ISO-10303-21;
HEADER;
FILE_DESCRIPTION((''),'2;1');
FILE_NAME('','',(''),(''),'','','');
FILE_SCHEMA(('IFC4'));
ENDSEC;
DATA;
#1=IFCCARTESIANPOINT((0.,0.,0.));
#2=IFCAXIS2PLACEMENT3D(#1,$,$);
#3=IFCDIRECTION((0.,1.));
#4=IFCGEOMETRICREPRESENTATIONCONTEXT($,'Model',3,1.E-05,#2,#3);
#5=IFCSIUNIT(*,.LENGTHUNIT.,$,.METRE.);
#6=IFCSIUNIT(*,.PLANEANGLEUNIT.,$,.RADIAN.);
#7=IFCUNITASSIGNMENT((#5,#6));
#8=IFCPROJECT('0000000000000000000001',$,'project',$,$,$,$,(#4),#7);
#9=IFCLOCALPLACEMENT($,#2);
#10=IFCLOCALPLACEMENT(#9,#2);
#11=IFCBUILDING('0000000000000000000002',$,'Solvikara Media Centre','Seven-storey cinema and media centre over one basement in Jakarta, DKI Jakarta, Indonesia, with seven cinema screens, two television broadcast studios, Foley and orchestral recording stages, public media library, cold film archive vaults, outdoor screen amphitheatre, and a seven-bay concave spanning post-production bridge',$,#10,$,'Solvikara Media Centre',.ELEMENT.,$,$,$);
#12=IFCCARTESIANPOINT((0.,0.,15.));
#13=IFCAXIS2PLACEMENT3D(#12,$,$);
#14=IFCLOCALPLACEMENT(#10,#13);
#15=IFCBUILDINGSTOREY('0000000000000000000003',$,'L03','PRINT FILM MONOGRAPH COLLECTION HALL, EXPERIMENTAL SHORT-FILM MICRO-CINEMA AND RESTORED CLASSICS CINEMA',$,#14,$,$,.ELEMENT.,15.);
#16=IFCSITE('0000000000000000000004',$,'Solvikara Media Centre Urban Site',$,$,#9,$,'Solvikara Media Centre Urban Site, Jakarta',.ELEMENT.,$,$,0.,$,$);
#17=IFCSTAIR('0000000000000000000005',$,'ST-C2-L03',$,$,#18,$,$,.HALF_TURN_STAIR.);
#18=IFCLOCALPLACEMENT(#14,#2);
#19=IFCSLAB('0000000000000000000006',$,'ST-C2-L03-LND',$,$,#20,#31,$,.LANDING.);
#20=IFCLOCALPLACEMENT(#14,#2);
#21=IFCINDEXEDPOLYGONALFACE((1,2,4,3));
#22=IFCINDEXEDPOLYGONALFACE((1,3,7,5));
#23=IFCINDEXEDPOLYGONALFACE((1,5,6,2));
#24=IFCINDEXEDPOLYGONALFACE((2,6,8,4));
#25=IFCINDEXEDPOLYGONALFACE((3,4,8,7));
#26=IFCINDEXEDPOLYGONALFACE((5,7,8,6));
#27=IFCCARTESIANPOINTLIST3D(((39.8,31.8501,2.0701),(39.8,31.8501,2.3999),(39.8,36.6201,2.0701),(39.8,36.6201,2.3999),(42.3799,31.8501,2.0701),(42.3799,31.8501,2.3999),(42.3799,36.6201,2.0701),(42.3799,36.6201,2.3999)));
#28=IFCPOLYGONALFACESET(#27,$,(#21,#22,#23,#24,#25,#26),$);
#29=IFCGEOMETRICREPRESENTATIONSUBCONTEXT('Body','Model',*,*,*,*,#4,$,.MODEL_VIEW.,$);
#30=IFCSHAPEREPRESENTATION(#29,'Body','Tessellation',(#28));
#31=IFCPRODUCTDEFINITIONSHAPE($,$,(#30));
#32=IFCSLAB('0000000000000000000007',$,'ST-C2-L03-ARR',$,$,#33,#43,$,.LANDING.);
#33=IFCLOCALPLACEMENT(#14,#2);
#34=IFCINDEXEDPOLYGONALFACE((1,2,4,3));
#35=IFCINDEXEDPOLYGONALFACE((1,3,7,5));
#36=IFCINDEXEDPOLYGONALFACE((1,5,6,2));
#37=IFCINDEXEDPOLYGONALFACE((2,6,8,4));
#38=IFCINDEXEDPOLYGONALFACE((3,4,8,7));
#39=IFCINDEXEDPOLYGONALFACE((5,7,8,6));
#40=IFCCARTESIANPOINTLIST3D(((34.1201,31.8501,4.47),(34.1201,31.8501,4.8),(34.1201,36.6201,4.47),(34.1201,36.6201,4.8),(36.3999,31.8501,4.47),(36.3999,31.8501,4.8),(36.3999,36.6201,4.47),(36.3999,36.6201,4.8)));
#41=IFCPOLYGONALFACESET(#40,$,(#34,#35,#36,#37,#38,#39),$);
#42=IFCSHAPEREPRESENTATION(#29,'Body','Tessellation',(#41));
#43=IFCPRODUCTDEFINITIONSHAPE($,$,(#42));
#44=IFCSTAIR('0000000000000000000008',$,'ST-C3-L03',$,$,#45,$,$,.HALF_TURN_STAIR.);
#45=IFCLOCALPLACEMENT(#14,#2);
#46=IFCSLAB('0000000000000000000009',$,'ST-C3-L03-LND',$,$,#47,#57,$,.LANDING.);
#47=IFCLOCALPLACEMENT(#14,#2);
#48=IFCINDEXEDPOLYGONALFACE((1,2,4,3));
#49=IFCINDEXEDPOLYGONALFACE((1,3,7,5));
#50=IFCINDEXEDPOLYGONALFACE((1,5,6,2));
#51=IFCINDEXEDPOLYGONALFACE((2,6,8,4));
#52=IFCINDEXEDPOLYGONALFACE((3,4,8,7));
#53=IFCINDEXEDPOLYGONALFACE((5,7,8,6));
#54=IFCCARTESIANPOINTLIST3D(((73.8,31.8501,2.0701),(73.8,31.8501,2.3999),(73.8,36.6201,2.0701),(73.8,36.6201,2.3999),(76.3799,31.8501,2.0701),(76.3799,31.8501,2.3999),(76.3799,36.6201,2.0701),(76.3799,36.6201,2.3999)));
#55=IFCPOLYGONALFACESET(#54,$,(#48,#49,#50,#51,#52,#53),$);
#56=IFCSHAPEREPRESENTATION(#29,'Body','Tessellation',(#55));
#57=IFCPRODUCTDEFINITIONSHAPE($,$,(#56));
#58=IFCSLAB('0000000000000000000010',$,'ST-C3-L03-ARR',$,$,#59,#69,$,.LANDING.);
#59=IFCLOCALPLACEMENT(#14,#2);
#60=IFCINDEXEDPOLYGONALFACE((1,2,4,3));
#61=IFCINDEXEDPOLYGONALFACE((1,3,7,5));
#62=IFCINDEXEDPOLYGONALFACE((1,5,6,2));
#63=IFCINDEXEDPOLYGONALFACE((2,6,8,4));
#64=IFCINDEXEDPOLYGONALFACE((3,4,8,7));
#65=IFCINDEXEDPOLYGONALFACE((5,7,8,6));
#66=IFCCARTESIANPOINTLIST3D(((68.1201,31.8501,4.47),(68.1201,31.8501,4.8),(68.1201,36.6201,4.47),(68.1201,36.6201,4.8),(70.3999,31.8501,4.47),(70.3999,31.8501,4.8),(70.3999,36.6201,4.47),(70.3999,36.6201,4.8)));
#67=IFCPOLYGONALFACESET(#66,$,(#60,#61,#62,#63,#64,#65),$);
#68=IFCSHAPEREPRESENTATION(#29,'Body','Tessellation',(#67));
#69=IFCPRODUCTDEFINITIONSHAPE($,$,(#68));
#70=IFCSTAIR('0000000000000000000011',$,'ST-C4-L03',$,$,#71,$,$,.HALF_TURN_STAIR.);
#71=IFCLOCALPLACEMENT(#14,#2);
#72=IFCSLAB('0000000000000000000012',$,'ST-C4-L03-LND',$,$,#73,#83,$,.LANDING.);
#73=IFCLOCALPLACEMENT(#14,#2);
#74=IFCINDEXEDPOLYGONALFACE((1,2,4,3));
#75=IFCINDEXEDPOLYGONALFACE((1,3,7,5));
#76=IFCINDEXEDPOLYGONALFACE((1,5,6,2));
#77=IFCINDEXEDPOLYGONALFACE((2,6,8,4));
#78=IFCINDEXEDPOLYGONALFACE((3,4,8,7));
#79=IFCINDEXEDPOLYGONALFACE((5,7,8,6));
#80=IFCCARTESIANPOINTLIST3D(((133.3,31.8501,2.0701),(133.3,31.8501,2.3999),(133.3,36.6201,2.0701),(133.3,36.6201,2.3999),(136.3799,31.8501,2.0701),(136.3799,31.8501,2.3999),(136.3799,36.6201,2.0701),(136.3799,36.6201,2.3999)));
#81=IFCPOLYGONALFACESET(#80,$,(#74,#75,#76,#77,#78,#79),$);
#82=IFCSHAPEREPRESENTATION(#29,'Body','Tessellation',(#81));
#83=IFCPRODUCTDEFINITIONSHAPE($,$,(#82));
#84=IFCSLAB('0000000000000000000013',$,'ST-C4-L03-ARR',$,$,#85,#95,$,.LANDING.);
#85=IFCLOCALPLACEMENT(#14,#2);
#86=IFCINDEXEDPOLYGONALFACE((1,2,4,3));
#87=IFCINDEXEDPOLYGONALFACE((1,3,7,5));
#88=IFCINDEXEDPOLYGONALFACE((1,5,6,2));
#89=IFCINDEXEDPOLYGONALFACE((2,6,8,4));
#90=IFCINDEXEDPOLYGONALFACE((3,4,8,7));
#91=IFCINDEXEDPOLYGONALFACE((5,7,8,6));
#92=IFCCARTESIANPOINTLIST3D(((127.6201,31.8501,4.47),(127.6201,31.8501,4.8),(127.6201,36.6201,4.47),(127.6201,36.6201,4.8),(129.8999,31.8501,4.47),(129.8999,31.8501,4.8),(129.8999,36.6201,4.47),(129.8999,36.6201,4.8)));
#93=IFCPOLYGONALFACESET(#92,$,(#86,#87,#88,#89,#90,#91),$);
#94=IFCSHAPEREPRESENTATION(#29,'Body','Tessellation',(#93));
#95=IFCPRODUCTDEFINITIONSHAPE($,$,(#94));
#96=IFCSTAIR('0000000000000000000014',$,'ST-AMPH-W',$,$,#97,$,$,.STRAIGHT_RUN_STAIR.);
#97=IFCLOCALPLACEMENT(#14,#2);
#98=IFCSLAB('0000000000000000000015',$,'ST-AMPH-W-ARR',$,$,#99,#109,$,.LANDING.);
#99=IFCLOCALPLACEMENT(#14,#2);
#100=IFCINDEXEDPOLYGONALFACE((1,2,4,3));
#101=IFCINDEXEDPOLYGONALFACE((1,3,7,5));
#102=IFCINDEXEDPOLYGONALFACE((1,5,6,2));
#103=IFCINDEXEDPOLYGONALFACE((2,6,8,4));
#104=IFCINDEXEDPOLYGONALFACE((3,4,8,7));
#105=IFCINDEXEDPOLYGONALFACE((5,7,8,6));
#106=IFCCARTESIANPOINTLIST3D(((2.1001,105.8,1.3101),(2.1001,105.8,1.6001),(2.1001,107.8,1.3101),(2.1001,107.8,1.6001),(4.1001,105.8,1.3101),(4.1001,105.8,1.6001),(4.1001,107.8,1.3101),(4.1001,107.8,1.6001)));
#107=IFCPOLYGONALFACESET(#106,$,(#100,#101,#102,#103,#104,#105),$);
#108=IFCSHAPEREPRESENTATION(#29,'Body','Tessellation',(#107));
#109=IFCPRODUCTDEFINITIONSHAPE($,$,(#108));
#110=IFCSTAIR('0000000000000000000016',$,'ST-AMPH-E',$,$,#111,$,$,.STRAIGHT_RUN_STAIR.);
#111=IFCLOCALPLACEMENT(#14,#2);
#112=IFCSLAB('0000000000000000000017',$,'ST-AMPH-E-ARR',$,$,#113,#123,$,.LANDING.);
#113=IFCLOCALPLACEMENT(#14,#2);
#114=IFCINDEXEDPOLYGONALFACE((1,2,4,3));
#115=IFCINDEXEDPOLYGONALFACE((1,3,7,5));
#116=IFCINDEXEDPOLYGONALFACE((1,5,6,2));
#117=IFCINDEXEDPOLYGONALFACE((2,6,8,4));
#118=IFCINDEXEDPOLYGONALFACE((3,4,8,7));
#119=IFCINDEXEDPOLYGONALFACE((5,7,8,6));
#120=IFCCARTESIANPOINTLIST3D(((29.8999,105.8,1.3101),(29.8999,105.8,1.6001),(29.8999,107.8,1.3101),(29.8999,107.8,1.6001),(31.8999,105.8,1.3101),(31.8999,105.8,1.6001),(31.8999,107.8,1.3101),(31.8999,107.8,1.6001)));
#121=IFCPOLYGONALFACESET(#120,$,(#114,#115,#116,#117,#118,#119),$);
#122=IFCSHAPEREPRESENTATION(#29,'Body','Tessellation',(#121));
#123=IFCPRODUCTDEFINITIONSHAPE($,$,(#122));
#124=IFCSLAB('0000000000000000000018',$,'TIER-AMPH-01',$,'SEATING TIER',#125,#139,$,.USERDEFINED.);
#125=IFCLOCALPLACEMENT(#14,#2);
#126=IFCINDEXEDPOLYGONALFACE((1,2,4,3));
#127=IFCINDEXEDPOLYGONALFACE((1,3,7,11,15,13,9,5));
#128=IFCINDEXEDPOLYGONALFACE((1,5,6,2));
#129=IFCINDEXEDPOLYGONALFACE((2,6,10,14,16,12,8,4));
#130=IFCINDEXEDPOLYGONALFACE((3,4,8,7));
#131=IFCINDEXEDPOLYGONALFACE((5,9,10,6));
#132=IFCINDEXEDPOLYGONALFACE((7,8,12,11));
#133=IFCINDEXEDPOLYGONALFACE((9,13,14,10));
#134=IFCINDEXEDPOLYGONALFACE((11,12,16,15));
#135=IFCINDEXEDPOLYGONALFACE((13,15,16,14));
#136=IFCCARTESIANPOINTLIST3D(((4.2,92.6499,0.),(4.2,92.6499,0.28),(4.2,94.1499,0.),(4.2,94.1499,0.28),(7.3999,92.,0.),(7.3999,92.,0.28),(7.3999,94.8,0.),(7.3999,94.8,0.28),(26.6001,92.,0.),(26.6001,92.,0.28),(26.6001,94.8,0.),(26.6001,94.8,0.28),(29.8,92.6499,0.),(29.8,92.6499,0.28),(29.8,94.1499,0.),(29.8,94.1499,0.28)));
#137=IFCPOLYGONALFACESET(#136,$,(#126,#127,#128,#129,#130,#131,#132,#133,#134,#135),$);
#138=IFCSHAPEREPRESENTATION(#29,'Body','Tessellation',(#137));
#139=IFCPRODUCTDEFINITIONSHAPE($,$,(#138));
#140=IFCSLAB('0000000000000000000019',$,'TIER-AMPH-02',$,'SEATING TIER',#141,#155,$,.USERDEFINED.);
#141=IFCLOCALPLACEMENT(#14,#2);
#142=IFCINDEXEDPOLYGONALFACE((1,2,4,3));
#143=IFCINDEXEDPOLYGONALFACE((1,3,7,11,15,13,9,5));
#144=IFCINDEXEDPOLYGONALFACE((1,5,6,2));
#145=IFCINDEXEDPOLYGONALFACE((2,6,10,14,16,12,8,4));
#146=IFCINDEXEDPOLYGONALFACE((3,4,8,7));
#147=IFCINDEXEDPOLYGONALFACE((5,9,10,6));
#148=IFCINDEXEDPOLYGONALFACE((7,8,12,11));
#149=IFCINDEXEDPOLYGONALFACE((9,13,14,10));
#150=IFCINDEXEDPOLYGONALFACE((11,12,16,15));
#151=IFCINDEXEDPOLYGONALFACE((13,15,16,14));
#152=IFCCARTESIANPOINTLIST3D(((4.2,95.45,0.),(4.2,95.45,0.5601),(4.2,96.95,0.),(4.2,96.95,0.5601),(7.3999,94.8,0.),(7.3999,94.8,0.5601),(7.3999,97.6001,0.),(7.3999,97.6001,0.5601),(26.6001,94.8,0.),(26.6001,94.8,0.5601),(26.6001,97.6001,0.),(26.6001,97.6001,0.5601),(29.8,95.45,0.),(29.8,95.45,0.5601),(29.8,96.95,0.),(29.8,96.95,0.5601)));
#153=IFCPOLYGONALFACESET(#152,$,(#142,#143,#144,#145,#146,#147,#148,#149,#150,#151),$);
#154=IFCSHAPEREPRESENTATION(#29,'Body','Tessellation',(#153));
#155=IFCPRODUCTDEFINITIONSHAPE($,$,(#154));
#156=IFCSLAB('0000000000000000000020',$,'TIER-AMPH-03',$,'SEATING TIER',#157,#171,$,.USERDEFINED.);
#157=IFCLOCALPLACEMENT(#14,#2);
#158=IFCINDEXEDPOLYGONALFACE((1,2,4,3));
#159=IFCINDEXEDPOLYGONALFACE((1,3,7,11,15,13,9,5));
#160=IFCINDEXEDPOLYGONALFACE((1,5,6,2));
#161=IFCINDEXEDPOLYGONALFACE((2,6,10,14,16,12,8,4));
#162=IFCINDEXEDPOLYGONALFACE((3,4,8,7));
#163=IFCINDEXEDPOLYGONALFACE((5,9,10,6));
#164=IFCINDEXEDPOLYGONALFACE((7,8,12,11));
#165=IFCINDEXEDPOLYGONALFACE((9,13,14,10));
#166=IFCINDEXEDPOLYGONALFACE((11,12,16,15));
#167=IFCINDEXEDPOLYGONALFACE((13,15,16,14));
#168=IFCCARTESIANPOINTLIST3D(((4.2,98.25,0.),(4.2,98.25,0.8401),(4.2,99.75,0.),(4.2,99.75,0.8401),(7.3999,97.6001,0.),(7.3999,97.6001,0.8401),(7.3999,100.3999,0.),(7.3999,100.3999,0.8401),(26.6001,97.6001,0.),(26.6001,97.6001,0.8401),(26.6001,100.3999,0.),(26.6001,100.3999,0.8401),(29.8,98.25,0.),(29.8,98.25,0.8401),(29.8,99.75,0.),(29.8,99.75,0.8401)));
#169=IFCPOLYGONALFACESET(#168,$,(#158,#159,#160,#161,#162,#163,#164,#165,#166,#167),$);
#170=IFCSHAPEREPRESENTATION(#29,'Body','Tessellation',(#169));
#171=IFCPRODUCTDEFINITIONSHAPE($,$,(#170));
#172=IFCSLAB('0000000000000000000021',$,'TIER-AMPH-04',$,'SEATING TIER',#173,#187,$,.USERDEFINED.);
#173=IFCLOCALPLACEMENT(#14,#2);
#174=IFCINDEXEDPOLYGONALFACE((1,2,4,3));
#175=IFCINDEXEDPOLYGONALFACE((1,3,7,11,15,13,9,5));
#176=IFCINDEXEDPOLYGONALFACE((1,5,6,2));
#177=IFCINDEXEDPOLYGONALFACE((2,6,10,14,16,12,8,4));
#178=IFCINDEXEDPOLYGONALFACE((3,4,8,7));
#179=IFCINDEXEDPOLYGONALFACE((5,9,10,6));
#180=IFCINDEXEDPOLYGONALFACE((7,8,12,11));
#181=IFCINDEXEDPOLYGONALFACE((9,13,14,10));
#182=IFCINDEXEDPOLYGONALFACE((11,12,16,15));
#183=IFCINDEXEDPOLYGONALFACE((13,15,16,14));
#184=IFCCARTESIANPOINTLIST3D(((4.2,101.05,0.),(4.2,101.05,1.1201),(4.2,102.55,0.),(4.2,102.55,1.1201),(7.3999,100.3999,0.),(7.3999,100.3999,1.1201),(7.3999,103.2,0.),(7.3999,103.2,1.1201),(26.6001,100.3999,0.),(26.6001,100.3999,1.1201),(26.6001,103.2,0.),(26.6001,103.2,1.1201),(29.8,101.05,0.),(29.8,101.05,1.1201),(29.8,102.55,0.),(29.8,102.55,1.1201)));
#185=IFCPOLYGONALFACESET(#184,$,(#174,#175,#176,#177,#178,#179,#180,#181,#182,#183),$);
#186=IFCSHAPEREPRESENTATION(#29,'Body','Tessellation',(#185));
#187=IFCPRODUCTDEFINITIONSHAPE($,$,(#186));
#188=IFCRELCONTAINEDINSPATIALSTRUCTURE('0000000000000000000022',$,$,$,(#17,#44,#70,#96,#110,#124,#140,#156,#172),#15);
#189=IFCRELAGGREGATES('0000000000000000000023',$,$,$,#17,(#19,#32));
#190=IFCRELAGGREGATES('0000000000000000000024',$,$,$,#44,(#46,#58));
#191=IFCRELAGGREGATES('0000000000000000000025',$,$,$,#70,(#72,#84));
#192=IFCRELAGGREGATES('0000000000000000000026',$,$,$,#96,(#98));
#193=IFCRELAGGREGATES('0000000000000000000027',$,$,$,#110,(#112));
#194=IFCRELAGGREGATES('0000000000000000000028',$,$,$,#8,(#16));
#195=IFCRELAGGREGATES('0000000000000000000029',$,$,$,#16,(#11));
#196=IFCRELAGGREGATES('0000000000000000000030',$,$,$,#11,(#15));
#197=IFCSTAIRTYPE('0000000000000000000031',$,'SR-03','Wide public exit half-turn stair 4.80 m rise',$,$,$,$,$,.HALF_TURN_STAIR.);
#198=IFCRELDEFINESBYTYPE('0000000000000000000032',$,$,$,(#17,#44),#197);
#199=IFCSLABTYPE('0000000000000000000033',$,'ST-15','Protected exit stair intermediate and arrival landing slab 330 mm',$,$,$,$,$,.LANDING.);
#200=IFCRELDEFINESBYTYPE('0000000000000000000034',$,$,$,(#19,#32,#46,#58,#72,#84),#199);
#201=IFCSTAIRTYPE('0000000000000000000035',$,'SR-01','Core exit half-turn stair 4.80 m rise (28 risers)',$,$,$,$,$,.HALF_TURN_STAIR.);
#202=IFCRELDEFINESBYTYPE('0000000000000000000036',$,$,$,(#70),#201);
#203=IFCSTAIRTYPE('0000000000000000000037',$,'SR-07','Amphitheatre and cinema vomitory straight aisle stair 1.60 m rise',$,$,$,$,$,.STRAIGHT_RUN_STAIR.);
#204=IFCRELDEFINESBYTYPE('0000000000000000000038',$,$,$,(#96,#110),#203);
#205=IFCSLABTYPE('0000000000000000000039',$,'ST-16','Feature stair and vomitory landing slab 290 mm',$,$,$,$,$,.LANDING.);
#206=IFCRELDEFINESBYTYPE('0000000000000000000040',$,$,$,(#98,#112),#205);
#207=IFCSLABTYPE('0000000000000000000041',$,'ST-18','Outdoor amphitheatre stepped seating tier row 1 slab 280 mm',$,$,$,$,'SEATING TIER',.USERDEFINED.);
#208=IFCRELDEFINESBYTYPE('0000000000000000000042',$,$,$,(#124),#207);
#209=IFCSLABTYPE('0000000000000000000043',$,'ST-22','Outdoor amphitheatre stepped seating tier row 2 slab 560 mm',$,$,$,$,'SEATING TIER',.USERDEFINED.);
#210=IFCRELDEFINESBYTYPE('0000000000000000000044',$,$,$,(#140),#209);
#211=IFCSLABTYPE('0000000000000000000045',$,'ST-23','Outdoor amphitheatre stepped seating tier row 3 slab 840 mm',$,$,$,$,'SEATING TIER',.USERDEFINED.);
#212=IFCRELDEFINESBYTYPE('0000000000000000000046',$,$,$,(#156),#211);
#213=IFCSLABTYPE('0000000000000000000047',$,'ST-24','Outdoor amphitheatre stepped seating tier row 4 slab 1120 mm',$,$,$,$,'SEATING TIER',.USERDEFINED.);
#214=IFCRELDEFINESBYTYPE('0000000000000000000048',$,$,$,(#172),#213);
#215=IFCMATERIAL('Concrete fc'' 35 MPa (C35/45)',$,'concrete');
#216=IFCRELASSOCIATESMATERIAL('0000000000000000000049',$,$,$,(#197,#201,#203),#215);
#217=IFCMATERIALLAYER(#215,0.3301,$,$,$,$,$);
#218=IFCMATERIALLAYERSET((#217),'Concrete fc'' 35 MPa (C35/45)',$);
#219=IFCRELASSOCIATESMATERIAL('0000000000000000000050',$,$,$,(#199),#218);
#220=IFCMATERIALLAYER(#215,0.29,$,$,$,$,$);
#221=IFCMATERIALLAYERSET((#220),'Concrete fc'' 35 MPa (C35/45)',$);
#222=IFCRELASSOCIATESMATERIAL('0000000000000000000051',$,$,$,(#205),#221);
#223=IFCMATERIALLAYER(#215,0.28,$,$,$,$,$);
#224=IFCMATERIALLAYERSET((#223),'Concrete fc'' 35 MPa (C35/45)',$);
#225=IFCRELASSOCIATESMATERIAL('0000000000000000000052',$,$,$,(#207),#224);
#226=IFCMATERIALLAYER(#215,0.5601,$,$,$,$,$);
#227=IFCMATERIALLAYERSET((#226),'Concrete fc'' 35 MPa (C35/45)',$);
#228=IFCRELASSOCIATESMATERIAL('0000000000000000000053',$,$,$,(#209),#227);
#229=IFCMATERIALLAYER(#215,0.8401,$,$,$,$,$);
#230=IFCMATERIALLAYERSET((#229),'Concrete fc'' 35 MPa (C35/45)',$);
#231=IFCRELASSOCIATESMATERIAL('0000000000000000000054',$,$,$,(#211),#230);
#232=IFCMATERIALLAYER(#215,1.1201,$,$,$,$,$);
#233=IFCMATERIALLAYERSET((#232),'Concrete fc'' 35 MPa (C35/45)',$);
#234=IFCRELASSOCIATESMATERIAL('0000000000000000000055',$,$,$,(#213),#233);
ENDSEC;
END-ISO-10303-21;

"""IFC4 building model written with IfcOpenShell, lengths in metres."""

from ifc_helpers import new_model, si_unit, direction, frame, origin, place, context, subcontext, project, spatial, polyline, outline, extrude, material, layer, layer_set, type_object, element, aggregate, save


model = new_model("IFC4")

# Units and contexts
model_context = context("Model", 3, precision=1e-05, world=origin(), true_north=direction((0.0, 1.0)))
body_context = subcontext(model_context, "Body", "Model", "MODEL_VIEW")
ifc_project = project(units=[si_unit("LENGTHUNIT", "METRE"), si_unit("PLANEANGLEUNIT", "RADIAN")], contexts=[model_context])

# Site, building, storey
site_placement = place(None, origin())
site = spatial("IfcSite", under=ifc_project, at=site_placement, Name="Solvikara Media Centre Urban Site", LongName="Solvikara Media Centre Urban Site, Jakarta", CompositionType="ELEMENT", RefElevation=0.0)
building_placement = place(site_placement, origin())
building = spatial("IfcBuilding", under=site, at=building_placement, Name="Solvikara Media Centre", Description="Seven-storey cinema and media centre over one basement in Jakarta, DKI Jakarta, Indonesia, with seven cinema screens, two television broadcast studios, Foley and orchestral recording stages, public media library, cold film archive vaults, outdoor screen amphitheatre, and a seven-bay concave spanning post-production bridge", LongName="Solvikara Media Centre", CompositionType="ELEMENT")
storey_placement = place(building_placement, frame((0.0, 0.0, 15.0)))
storey = spatial("IfcBuildingStorey", under=building, at=storey_placement, Name="L03", Description="PRINT FILM MONOGRAPH COLLECTION HALL, EXPERIMENTAL SHORT-FILM MICRO-CINEMA AND RESTORED CLASSICS CINEMA", CompositionType="ELEMENT", Elevation=15.0)

# Shared definitions
ifc_material_1 = material(Name="Concrete fc' 35 MPa (C35/45)", Category="concrete")

# Stairs, slabs
stair_type_1 = type_object("IfcStairType", Name="SR-03", Description="Wide public exit half-turn stair 4.80 m rise", PredefinedType="HALF_TURN_STAIR", material=ifc_material_1)
stair_1_placement = place(storey_placement, origin())
stair_1 = element("IfcStair", 1, at=stair_1_placement, inside=storey, type_object=stair_type_1, Name="ST-C2-L03", PredefinedType="HALF_TURN_STAIR")
ifc_layer_1 = layer(ifc_material_1, 0.3301)
ifc_layer_set_1 = layer_set([ifc_layer_1], Name="Concrete fc' 35 MPa (C35/45)")
slab_type_1 = type_object("IfcSlabType", Name="ST-15", Description="Protected exit stair intermediate and arrival landing slab 330 mm", PredefinedType="LANDING", material=ifc_layer_set_1)
slab_1_placement = place(storey_placement, frame((0.0, 0.0, 2.0701)))
slab_1 = element("IfcSlab", 2, at=slab_1_placement, type_object=slab_type_1, Name="ST-C2-L03-LND", PredefinedType="LANDING", context=body_context, shape_type="SweptSolid", body=[
    extrude(outline(polyline([(39.8, 31.8501), (42.3799, 31.8501), (42.3799, 36.6201), (39.8, 36.6201), (39.8, 31.8501)])), origin(), (0.0, 0.0, 1.0), 0.3298),
])
slab_2_placement = place(storey_placement, frame((0.0, 0.0, 4.47)))
slab_2 = element("IfcSlab", 3, at=slab_2_placement, type_object=slab_type_1, Name="ST-C2-L03-ARR", PredefinedType="LANDING", context=body_context, shape_type="SweptSolid", body=[
    extrude(outline(polyline([(34.1201, 31.8501), (36.3999, 31.8501), (36.3999, 36.6201), (34.1201, 36.6201), (34.1201, 31.8501)])), origin(), (0.0, 0.0, 1.0), 0.3301),
])
aggregate(stair_1, [slab_1, slab_2])
stair_2_placement = place(storey_placement, origin())
stair_2 = element("IfcStair", 4, at=stair_2_placement, inside=storey, type_object=stair_type_1, Name="ST-C3-L03", PredefinedType="HALF_TURN_STAIR")
slab_3_placement = place(storey_placement, frame((0.0, 0.0, 2.0701)))
slab_3 = element("IfcSlab", 5, at=slab_3_placement, type_object=slab_type_1, Name="ST-C3-L03-LND", PredefinedType="LANDING", context=body_context, shape_type="SweptSolid", body=[
    extrude(outline(polyline([(73.8, 31.8501), (76.3799, 31.8501), (76.3799, 36.6201), (73.8, 36.6201), (73.8, 31.8501)])), origin(), (0.0, 0.0, 1.0), 0.3298),
])
slab_4_placement = place(storey_placement, frame((0.0, 0.0, 4.47)))
slab_4 = element("IfcSlab", 6, at=slab_4_placement, type_object=slab_type_1, Name="ST-C3-L03-ARR", PredefinedType="LANDING", context=body_context, shape_type="SweptSolid", body=[
    extrude(outline(polyline([(68.1201, 31.8501), (70.3999, 31.8501), (70.3999, 36.6201), (68.1201, 36.6201), (68.1201, 31.8501)])), origin(), (0.0, 0.0, 1.0), 0.3301),
])
aggregate(stair_2, [slab_3, slab_4])
stair_type_2 = type_object("IfcStairType", Name="SR-01", Description="Core exit half-turn stair 4.80 m rise (28 risers)", PredefinedType="HALF_TURN_STAIR", material=ifc_material_1)
stair_3_placement = place(storey_placement, origin())
stair_3 = element("IfcStair", 7, at=stair_3_placement, inside=storey, type_object=stair_type_2, Name="ST-C4-L03", PredefinedType="HALF_TURN_STAIR")
slab_5_placement = place(storey_placement, frame((0.0, 0.0, 2.0701)))
slab_5 = element("IfcSlab", 8, at=slab_5_placement, type_object=slab_type_1, Name="ST-C4-L03-LND", PredefinedType="LANDING", context=body_context, shape_type="SweptSolid", body=[
    extrude(outline(polyline([(133.3, 31.8501), (136.3799, 31.8501), (136.3799, 36.6201), (133.3, 36.6201), (133.3, 31.8501)])), origin(), (0.0, 0.0, 1.0), 0.3298),
])
slab_6_placement = place(storey_placement, frame((0.0, 0.0, 4.47)))
slab_6 = element("IfcSlab", 9, at=slab_6_placement, type_object=slab_type_1, Name="ST-C4-L03-ARR", PredefinedType="LANDING", context=body_context, shape_type="SweptSolid", body=[
    extrude(outline(polyline([(127.6201, 31.8501), (129.8999, 31.8501), (129.8999, 36.6201), (127.6201, 36.6201), (127.6201, 31.8501)])), origin(), (0.0, 0.0, 1.0), 0.3301),
])
aggregate(stair_3, [slab_5, slab_6])

# Stairs, slabs
stair_type_3 = type_object("IfcStairType", Name="SR-07", Description="Amphitheatre and cinema vomitory straight aisle stair 1.60 m rise", PredefinedType="STRAIGHT_RUN_STAIR", material=ifc_material_1)
stair_4_placement = place(storey_placement, origin())
stair_4 = element("IfcStair", 10, at=stair_4_placement, inside=storey, type_object=stair_type_3, Name="ST-AMPH-W", PredefinedType="STRAIGHT_RUN_STAIR")
ifc_layer_2 = layer(ifc_material_1, 0.29)
ifc_layer_set_2 = layer_set([ifc_layer_2], Name="Concrete fc' 35 MPa (C35/45)")
slab_type_2 = type_object("IfcSlabType", Name="ST-16", Description="Feature stair and vomitory landing slab 290 mm", PredefinedType="LANDING", material=ifc_layer_set_2)
slab_7_placement = place(storey_placement, frame((0.0, 0.0, 1.3101)))
slab_7 = element("IfcSlab", 11, at=slab_7_placement, type_object=slab_type_2, Name="ST-AMPH-W-ARR", PredefinedType="LANDING", context=body_context, shape_type="SweptSolid", body=[
    extrude(outline(polyline([(2.1001, 105.8), (4.1001, 105.8), (4.1001, 107.8), (2.1001, 107.8), (2.1001, 105.8)])), origin(), (0.0, 0.0, 1.0), 0.29),
])
aggregate(stair_4, [slab_7])
stair_5_placement = place(storey_placement, origin())
stair_5 = element("IfcStair", 12, at=stair_5_placement, inside=storey, type_object=stair_type_3, Name="ST-AMPH-E", PredefinedType="STRAIGHT_RUN_STAIR")
slab_8_placement = place(storey_placement, frame((0.0, 0.0, 1.3101)))
slab_8 = element("IfcSlab", 13, at=slab_8_placement, type_object=slab_type_2, Name="ST-AMPH-E-ARR", PredefinedType="LANDING", context=body_context, shape_type="SweptSolid", body=[
    extrude(outline(polyline([(29.8999, 105.8), (31.8999, 105.8), (31.8999, 107.8), (29.8999, 107.8), (29.8999, 105.8)])), origin(), (0.0, 0.0, 1.0), 0.29),
])
aggregate(stair_5, [slab_8])

# Slabs
ifc_layer_3 = layer(ifc_material_1, 0.28)
ifc_layer_set_3 = layer_set([ifc_layer_3], Name="Concrete fc' 35 MPa (C35/45)")
slab_type_3 = type_object("IfcSlabType", Name="ST-18", Description="Outdoor amphitheatre stepped seating tier row 1 slab 280 mm", ElementType="SEATING TIER", PredefinedType="USERDEFINED", material=ifc_layer_set_3)
slab_9_placement = place(storey_placement, origin())
element("IfcSlab", 14, at=slab_9_placement, inside=storey, type_object=slab_type_3, Name="TIER-AMPH-01", ObjectType="SEATING TIER", PredefinedType="USERDEFINED", context=body_context, shape_type="SweptSolid", body=[
    extrude(outline(polyline([(7.3999, 92.0), (26.6001, 92.0), (29.8, 92.6499), (29.8, 94.1499), (26.6001, 94.8), (7.3999, 94.8), (4.2, 94.1499), (4.2, 92.6499), (7.3999, 92.0)])), origin(), (0.0, 0.0, 1.0), 0.28),
])
ifc_layer_4 = layer(ifc_material_1, 0.5601)
ifc_layer_set_4 = layer_set([ifc_layer_4], Name="Concrete fc' 35 MPa (C35/45)")
slab_type_4 = type_object("IfcSlabType", Name="ST-22", Description="Outdoor amphitheatre stepped seating tier row 2 slab 560 mm", ElementType="SEATING TIER", PredefinedType="USERDEFINED", material=ifc_layer_set_4)
slab_10_placement = place(storey_placement, origin())
element("IfcSlab", 15, at=slab_10_placement, inside=storey, type_object=slab_type_4, Name="TIER-AMPH-02", ObjectType="SEATING TIER", PredefinedType="USERDEFINED", context=body_context, shape_type="SweptSolid", body=[
    extrude(outline(polyline([(7.3999, 94.8), (26.6001, 94.8), (29.8, 95.45), (29.8, 96.95), (26.6001, 97.6001), (7.3999, 97.6001), (4.2, 96.95), (4.2, 95.45), (7.3999, 94.8)])), origin(), (0.0, 0.0, 1.0), 0.5601),
])
ifc_layer_5 = layer(ifc_material_1, 0.8401)
ifc_layer_set_5 = layer_set([ifc_layer_5], Name="Concrete fc' 35 MPa (C35/45)")
slab_type_5 = type_object("IfcSlabType", Name="ST-23", Description="Outdoor amphitheatre stepped seating tier row 3 slab 840 mm", ElementType="SEATING TIER", PredefinedType="USERDEFINED", material=ifc_layer_set_5)
slab_11_placement = place(storey_placement, origin())
element("IfcSlab", 16, at=slab_11_placement, inside=storey, type_object=slab_type_5, Name="TIER-AMPH-03", ObjectType="SEATING TIER", PredefinedType="USERDEFINED", context=body_context, shape_type="SweptSolid", body=[
    extrude(outline(polyline([(7.3999, 97.6001), (26.6001, 97.6001), (29.8, 98.25), (29.8, 99.75), (26.6001, 100.3999), (7.3999, 100.3999), (4.2, 99.75), (4.2, 98.25), (7.3999, 97.6001)])), origin(), (0.0, 0.0, 1.0), 0.8401),
])
ifc_layer_6 = layer(ifc_material_1, 1.1201)
ifc_layer_set_6 = layer_set([ifc_layer_6], Name="Concrete fc' 35 MPa (C35/45)")
slab_type_6 = type_object("IfcSlabType", Name="ST-24", Description="Outdoor amphitheatre stepped seating tier row 4 slab 1120 mm", ElementType="SEATING TIER", PredefinedType="USERDEFINED", material=ifc_layer_set_6)
slab_12_placement = place(storey_placement, origin())
element("IfcSlab", 17, at=slab_12_placement, inside=storey, type_object=slab_type_6, Name="TIER-AMPH-04", ObjectType="SEATING TIER", PredefinedType="USERDEFINED", context=body_context, shape_type="SweptSolid", body=[
    extrude(outline(polyline([(7.3999, 100.3999), (26.6001, 100.3999), (29.8, 101.05), (29.8, 102.55), (26.6001, 103.2), (7.3999, 103.2), (4.2, 102.55), (4.2, 101.05), (7.3999, 100.3999)])), origin(), (0.0, 0.0, 1.0), 1.1201),
])

save(model, "model.ifc")
